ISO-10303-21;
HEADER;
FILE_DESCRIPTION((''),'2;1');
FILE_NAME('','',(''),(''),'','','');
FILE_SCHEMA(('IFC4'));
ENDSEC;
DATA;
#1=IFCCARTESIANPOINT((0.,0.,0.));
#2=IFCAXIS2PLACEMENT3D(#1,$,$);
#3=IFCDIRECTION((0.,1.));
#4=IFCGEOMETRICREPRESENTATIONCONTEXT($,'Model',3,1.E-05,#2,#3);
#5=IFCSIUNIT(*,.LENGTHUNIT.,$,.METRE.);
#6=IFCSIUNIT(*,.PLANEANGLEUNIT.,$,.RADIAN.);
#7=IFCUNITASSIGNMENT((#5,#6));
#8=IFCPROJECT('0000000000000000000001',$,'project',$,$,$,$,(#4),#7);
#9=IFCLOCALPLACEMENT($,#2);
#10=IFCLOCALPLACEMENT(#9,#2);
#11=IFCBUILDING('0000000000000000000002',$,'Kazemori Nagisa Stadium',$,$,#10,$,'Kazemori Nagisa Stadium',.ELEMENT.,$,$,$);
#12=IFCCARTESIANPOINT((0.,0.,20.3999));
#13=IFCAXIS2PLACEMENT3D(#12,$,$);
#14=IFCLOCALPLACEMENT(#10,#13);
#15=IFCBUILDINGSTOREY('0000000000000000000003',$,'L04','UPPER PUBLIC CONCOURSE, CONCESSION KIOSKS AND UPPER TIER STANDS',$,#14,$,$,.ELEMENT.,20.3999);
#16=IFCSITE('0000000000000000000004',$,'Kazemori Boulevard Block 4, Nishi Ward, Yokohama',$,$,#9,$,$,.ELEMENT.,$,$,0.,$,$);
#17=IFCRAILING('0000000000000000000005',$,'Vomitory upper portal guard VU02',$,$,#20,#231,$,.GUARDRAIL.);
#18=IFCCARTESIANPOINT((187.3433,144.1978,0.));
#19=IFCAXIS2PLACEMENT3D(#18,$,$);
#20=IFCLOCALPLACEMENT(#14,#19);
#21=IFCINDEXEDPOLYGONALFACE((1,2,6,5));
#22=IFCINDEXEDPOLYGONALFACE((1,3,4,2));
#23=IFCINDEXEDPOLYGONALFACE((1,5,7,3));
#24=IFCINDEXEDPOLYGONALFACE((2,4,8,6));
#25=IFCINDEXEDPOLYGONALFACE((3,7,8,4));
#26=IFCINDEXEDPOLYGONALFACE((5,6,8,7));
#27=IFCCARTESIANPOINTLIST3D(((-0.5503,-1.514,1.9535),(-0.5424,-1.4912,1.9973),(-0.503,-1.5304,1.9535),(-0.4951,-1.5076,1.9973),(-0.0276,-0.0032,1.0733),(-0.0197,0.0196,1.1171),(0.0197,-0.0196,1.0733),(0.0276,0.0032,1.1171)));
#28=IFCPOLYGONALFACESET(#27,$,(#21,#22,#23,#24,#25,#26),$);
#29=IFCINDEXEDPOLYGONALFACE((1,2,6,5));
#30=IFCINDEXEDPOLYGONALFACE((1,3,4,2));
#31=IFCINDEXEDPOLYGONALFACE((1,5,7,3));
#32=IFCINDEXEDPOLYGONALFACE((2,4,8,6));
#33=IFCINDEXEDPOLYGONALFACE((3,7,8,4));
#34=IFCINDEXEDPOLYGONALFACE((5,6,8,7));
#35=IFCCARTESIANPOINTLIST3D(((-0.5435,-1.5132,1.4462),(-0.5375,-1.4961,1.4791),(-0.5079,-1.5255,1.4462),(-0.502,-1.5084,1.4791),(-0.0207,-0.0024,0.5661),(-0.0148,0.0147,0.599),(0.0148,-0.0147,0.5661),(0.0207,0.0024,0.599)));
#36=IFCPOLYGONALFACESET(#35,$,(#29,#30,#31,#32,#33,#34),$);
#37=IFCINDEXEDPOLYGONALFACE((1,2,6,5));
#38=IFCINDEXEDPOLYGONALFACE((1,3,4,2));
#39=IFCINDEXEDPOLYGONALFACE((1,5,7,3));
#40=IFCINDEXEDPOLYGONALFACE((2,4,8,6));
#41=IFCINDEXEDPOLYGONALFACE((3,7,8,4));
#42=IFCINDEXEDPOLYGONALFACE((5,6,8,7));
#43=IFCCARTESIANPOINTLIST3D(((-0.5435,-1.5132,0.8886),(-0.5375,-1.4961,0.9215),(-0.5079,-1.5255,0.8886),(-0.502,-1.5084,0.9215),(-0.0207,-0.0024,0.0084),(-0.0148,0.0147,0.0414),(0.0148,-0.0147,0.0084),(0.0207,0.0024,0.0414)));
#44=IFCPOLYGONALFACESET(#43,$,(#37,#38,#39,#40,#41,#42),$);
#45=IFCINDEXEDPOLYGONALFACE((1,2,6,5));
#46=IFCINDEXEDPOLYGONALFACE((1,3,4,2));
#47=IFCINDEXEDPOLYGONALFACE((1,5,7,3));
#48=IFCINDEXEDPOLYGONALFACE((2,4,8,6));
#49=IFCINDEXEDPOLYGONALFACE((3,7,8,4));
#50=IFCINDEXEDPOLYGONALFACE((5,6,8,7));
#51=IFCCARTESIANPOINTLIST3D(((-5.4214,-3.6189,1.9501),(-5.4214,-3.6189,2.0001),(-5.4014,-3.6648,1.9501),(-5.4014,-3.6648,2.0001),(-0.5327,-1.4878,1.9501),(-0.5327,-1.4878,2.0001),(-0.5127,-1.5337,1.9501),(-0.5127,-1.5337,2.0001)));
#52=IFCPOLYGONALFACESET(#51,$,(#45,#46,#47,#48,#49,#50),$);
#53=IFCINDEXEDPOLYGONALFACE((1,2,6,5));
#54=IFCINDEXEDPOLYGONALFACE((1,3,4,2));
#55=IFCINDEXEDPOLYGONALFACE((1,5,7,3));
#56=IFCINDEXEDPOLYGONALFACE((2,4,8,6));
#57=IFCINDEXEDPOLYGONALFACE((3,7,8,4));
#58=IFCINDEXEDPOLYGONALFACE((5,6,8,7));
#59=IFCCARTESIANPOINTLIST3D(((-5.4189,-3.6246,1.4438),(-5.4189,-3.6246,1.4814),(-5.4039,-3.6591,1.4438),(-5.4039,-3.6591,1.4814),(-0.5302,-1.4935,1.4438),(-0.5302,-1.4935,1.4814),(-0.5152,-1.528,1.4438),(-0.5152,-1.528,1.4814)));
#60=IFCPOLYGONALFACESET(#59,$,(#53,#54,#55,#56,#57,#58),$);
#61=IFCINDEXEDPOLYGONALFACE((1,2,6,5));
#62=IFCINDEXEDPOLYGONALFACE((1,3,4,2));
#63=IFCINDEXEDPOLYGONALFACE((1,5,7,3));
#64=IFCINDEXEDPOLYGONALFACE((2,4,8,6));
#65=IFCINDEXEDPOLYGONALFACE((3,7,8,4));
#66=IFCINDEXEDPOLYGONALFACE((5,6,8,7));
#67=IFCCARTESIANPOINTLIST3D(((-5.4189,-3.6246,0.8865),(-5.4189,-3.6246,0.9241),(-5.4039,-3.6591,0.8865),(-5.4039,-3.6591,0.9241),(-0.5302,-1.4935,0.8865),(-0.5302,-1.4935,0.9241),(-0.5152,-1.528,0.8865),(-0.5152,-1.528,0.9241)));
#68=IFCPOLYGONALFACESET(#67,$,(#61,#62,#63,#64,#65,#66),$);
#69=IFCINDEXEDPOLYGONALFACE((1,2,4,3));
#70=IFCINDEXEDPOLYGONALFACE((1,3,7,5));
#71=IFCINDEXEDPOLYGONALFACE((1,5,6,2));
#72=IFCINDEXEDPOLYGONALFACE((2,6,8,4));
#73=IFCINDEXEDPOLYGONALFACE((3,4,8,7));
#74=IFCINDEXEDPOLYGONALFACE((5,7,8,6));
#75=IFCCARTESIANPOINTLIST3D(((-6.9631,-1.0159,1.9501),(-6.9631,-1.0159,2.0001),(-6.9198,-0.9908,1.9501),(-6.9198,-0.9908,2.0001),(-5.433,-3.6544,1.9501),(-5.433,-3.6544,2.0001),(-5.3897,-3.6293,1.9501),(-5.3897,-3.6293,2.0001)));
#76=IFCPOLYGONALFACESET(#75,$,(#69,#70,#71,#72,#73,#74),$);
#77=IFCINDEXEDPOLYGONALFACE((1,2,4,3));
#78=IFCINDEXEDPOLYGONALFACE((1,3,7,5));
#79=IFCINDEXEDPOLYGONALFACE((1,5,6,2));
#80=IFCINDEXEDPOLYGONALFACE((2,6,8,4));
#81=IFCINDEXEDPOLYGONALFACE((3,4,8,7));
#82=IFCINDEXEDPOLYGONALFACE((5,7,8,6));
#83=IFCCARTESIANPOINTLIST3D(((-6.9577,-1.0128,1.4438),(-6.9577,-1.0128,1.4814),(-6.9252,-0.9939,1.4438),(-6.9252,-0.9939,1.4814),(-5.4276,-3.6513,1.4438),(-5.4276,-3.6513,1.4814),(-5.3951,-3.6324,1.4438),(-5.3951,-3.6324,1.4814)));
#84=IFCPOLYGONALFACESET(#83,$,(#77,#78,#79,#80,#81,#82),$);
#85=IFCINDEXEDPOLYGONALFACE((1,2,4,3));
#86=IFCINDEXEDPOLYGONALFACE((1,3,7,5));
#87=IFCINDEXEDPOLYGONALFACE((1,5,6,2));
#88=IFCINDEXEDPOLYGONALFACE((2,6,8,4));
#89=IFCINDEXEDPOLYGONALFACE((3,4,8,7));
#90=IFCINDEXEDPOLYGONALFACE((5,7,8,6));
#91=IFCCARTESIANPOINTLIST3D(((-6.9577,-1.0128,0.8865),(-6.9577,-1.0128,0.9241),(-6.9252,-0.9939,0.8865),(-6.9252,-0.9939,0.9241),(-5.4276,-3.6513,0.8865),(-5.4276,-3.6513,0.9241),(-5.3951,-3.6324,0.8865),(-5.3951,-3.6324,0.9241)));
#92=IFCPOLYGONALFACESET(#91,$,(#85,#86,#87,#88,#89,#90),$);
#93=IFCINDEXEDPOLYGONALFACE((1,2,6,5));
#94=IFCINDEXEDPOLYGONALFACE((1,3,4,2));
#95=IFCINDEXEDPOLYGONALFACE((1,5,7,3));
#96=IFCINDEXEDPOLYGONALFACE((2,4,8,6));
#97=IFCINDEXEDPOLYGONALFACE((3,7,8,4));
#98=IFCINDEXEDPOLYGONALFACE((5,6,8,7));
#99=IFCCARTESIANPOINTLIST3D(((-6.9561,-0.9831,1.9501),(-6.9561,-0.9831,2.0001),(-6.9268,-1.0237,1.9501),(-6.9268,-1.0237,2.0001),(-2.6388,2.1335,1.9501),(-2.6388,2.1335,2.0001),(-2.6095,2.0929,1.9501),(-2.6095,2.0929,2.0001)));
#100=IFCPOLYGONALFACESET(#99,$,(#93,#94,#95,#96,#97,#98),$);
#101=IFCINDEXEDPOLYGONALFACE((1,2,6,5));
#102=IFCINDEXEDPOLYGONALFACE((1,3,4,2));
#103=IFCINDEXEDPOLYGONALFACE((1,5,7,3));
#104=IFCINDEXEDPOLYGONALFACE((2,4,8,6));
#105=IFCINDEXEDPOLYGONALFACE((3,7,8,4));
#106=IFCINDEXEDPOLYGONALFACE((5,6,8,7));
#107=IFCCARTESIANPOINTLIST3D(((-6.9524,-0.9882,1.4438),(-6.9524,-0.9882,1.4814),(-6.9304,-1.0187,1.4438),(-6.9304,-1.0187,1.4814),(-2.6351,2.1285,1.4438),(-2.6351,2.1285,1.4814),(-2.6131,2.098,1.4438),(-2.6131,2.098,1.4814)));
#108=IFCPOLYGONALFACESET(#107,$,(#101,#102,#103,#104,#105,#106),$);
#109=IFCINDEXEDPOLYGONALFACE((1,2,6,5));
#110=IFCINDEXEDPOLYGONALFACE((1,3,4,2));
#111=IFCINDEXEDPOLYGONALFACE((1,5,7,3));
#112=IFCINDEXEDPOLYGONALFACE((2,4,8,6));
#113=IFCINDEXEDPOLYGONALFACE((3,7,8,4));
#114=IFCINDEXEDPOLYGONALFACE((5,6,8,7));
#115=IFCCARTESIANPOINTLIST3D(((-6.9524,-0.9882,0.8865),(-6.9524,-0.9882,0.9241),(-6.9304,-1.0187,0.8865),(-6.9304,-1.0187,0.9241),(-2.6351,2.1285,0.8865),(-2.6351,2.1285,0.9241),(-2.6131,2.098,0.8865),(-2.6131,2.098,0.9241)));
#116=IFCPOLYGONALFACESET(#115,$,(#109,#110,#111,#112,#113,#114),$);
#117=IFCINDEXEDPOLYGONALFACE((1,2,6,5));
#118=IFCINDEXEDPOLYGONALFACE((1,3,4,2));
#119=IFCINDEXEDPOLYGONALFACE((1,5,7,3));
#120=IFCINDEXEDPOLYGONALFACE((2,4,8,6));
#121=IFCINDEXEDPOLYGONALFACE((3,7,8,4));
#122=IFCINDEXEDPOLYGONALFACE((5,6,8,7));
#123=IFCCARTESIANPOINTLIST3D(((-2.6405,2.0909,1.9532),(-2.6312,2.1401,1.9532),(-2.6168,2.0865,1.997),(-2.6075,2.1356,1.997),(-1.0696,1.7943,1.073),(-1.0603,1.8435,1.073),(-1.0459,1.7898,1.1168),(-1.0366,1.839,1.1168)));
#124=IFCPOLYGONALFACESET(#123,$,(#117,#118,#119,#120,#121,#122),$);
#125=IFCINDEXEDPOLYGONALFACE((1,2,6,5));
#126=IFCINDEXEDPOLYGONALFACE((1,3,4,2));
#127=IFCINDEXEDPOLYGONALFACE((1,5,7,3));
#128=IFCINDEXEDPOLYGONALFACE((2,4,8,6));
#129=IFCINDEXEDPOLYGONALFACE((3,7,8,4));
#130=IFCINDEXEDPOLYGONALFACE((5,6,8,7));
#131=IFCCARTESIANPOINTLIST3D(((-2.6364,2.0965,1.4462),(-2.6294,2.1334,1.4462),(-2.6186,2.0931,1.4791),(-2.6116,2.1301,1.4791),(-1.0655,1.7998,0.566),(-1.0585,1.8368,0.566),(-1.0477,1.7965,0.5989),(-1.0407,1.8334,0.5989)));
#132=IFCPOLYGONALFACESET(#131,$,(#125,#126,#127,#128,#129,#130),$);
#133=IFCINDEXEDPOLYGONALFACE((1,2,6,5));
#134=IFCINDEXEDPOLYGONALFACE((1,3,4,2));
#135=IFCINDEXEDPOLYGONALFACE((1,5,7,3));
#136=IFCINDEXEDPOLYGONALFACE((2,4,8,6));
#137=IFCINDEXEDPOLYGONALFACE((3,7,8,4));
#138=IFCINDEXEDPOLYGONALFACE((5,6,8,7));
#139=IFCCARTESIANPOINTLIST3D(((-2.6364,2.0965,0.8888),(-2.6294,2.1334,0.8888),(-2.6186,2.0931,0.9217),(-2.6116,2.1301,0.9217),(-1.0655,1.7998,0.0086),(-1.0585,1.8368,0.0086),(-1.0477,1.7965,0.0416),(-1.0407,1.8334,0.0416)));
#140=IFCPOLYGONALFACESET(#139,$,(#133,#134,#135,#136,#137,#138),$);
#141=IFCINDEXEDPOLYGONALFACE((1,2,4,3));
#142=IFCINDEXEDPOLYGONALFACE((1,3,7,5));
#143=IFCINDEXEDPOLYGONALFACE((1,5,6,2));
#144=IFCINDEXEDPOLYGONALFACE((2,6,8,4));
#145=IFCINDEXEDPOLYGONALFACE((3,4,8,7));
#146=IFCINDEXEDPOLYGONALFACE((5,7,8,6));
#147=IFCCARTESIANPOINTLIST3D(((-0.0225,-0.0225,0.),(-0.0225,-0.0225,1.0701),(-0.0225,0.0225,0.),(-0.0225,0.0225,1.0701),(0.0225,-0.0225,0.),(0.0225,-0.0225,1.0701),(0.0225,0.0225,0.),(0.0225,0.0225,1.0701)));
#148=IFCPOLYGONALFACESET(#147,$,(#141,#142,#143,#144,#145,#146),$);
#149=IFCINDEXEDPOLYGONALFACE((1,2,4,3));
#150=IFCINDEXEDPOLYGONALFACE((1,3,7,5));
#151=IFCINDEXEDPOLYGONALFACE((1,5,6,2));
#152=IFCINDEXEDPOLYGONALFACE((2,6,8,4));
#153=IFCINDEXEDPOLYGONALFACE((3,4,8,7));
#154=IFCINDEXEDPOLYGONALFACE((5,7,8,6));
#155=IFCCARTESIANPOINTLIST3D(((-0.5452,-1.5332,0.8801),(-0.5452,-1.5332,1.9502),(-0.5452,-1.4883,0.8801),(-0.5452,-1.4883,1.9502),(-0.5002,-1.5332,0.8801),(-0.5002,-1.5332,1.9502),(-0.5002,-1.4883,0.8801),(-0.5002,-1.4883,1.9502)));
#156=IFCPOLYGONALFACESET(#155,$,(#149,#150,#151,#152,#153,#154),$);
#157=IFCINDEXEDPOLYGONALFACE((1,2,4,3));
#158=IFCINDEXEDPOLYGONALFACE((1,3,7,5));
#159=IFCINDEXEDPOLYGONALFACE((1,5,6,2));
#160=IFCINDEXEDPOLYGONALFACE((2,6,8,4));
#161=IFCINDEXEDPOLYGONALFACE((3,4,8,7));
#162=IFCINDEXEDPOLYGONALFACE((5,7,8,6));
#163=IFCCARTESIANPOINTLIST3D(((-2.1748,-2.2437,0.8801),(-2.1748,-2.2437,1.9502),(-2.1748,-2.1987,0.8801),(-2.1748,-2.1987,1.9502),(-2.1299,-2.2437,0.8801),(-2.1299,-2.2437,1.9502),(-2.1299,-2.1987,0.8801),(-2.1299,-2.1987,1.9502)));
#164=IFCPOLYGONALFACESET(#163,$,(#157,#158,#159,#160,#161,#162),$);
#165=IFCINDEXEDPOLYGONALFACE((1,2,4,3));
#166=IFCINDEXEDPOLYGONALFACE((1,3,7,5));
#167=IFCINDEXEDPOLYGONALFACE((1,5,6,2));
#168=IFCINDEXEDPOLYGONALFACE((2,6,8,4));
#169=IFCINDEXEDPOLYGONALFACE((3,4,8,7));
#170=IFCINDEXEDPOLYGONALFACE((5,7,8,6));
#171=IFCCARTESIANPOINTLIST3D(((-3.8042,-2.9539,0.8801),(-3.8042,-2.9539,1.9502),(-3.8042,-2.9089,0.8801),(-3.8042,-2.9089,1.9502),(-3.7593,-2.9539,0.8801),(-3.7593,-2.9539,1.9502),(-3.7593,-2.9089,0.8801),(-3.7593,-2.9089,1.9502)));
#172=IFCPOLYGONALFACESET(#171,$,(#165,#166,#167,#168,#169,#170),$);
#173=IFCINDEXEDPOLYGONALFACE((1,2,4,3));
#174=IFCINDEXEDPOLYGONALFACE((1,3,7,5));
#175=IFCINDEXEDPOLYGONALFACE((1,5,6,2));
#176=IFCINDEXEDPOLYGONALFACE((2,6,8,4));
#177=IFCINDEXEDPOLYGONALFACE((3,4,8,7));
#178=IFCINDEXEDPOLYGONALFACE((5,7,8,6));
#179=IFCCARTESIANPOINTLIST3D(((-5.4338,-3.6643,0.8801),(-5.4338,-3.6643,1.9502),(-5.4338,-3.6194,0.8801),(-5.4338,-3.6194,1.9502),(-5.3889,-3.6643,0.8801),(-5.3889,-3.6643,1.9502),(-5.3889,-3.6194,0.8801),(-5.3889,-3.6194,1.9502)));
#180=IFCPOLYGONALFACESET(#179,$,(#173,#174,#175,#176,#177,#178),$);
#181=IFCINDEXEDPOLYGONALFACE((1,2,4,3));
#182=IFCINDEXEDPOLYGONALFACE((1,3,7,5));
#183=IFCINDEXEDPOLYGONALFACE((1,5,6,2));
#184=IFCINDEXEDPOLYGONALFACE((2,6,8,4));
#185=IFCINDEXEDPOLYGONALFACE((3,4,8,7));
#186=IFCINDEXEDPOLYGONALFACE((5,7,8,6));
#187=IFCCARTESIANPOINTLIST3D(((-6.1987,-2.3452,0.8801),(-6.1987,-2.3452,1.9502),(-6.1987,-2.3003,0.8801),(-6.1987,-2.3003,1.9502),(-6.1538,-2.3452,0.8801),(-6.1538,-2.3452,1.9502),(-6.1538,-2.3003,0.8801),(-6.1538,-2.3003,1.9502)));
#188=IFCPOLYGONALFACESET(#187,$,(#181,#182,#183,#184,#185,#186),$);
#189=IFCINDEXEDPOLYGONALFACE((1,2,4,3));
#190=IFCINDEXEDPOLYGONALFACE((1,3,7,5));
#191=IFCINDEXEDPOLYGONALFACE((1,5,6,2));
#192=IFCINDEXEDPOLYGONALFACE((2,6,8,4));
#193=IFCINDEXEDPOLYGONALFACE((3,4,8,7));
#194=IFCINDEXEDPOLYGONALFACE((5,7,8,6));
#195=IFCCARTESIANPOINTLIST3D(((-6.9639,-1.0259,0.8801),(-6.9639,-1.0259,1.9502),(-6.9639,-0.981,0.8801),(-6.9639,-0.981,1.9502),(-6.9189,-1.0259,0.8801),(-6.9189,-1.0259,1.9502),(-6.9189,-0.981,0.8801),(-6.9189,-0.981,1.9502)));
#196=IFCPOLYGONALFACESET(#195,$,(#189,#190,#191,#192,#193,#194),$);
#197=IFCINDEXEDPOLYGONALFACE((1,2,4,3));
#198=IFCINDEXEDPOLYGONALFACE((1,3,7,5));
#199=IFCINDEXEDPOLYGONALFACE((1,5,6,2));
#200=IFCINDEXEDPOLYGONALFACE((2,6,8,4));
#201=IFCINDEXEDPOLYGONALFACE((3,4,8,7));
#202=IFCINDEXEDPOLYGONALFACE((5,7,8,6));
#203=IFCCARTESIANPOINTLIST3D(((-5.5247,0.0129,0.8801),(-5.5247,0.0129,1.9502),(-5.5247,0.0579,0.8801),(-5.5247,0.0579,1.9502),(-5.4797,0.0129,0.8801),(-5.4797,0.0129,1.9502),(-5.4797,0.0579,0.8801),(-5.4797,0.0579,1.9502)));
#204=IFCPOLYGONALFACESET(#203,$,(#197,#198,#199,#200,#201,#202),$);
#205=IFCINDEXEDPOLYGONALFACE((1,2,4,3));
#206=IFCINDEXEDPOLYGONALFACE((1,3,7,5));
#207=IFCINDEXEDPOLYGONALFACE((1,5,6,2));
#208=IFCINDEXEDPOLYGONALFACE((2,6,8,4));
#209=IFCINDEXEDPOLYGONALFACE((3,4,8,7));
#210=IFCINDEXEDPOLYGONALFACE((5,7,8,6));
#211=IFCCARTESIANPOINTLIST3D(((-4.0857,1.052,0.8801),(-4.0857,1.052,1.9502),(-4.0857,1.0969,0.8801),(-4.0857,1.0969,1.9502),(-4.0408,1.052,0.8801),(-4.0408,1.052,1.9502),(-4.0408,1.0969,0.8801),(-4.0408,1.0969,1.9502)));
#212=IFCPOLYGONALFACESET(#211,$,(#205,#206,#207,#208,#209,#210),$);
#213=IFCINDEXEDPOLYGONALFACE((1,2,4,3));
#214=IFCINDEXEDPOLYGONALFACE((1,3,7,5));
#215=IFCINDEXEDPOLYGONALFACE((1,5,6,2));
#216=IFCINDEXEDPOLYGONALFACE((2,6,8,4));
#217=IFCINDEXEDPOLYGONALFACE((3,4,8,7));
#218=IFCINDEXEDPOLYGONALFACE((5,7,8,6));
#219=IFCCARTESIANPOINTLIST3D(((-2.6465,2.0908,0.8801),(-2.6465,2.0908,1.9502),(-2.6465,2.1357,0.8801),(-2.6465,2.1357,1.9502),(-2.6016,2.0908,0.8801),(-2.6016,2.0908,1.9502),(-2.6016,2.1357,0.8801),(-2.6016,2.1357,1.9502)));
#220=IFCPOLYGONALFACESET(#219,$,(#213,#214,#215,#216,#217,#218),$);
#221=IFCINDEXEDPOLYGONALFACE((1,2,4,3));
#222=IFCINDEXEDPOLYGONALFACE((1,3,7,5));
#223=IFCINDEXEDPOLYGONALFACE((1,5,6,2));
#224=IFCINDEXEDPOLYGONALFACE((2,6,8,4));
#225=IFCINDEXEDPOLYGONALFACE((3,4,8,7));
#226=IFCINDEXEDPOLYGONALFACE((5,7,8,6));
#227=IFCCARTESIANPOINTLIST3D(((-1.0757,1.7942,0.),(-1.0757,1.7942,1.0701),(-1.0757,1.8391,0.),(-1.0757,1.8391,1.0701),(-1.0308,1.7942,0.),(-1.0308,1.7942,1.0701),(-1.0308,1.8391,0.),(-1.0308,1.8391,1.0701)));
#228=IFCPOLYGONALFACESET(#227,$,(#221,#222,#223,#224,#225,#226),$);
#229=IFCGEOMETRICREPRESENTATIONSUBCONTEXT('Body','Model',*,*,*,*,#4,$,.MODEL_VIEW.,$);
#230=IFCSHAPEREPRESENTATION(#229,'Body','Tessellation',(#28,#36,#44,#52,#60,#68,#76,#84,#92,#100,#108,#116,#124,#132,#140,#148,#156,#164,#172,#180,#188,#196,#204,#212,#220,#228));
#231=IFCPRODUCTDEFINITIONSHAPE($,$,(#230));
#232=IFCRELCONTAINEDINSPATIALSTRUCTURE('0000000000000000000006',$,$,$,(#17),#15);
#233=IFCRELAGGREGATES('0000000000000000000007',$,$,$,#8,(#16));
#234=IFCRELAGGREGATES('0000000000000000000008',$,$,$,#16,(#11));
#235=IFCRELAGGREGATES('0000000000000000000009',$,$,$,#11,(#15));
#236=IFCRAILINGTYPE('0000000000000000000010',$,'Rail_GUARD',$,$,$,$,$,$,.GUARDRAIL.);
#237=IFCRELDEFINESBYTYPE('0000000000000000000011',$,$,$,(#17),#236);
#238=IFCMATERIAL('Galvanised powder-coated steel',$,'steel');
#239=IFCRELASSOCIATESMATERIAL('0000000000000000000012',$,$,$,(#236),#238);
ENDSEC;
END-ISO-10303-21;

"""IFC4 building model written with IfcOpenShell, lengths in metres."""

from ifc_helpers import new_model, si_unit, direction, frame, origin, origin_2d, place, context, subcontext, project, spatial, rectangle, extrude, material, type_object, element, save


model = new_model("IFC4")

# Units and contexts
model_context = context("Model", 3, precision=1e-05, world=origin(), true_north=direction((0.0, 1.0)))
body_context = subcontext(model_context, "Body", "Model", "MODEL_VIEW")
ifc_project = project(units=[si_unit("LENGTHUNIT", "METRE"), si_unit("PLANEANGLEUNIT", "RADIAN")], contexts=[model_context])

# Site, building, storey
site_placement = place(None, origin())
site = spatial("IfcSite", under=ifc_project, at=site_placement, Name="Kazemori Boulevard Block 4, Nishi Ward, Yokohama", CompositionType="ELEMENT", RefElevation=0.0)
building_placement = place(site_placement, origin())
building = spatial("IfcBuilding", under=site, at=building_placement, Name="Kazemori Nagisa Stadium", LongName="Kazemori Nagisa Stadium", CompositionType="ELEMENT")
storey_placement = place(building_placement, frame((0.0, 0.0, 20.3999)))
storey = spatial("IfcBuildingStorey", under=building, at=storey_placement, Name="L04", Description="UPPER PUBLIC CONCOURSE, CONCESSION KIOSKS AND UPPER TIER STANDS", CompositionType="ELEMENT", Elevation=20.3999)

# Railing
ifc_material_1 = material(Name="Galvanised powder-coated steel", Category="steel")
railing_type_1 = type_object("IfcRailingType", Name="Rail_GUARD", PredefinedType="GUARDRAIL", material=ifc_material_1)
railing_1_placement = place(storey_placement, frame((187.3433, 144.1978, 0.0)))
element("IfcRailing", 1, at=railing_1_placement, inside=storey, type_object=railing_type_1, Name="Vomitory upper portal guard VU02", PredefinedType="GUARDRAIL", context=body_context, shape_type="SweptSolid", body=[
    extrude(rectangle(XDim=0.05, YDim=0.05, at=origin_2d()), frame((0.0, 0.0, 1.0952), z_axis=(-0.286433, -0.827858, 0.482293), x_axis=(0.945033, -0.326974, 0.0)), (0.0, 0.0, 1.0), 1.825),
    extrude(rectangle(XDim=0.0376, YDim=0.0376, at=origin_2d()), frame((0.0, 0.0, 0.5825), z_axis=(-0.286433, -0.827858, 0.482293), x_axis=(0.945033, -0.326974, 0.0)), (0.0, 0.0, 1.0), 1.825),
    extrude(rectangle(XDim=0.0376, YDim=0.0376, at=origin_2d()), frame((0.0, 0.0, 0.0249), z_axis=(-0.286433, -0.827858, 0.482293), x_axis=(0.945033, -0.326974, 0.0)), (0.0, 0.0, 1.0), 1.825),
    extrude(rectangle(XDim=0.05, YDim=0.05, at=origin_2d()), frame((-0.5227, -1.5107, 1.9751), z_axis=(-0.916686, -0.399608, 0.0), x_axis=(0.399608, -0.916686, 0.0)), (0.0, 0.0, 1.0), 5.333),
    extrude(rectangle(XDim=0.0376, YDim=0.0376, at=origin_2d()), frame((-0.5227, -1.5107, 1.4626), z_axis=(-0.916686, -0.399608, 0.0), x_axis=(0.399608, -0.916686, 0.0)), (0.0, 0.0, 1.0), 5.333),
    extrude(rectangle(XDim=0.0376, YDim=0.0376, at=origin_2d()), frame((-0.5227, -1.5107, 0.9053), z_axis=(-0.916686, -0.399608, 0.0), x_axis=(0.399608, -0.916686, 0.0)), (0.0, 0.0, 1.0), 5.333),
    extrude(rectangle(XDim=0.05, YDim=0.05, at=origin_2d()), frame((-5.4114, -3.6418, 1.9751), z_axis=(-0.501655, 0.865068, 0.0), x_axis=(-0.865068, -0.501655, 0.0)), (0.0, 0.0, 1.0), 3.05),
    extrude(rectangle(XDim=0.0376, YDim=0.0376, at=origin_2d()), frame((-5.4114, -3.6418, 1.4626), z_axis=(-0.501655, 0.865068, 0.0), x_axis=(-0.865068, -0.501655, 0.0)), (0.0, 0.0, 1.0), 3.05),
    extrude(rectangle(XDim=0.0376, YDim=0.0376, at=origin_2d()), frame((-5.4114, -3.6418, 0.9053), z_axis=(-0.501655, 0.865068, 0.0), x_axis=(-0.865068, -0.501655, 0.0)), (0.0, 0.0, 1.0), 3.05),
    extrude(rectangle(XDim=0.05, YDim=0.05, at=origin_2d()), frame((-6.9414, -1.0034, 1.9751), z_axis=(0.810805, 0.585316, 0.0), x_axis=(-0.585316, 0.810805, 0.0)), (0.0, 0.0, 1.0), 5.3247),
    extrude(rectangle(XDim=0.0376, YDim=0.0376, at=origin_2d()), frame((-6.9414, -1.0034, 1.4626), z_axis=(0.810805, 0.585316, 0.0), x_axis=(-0.585316, 0.810805, 0.0)), (0.0, 0.0, 1.0), 5.3247),
    extrude(rectangle(XDim=0.0376, YDim=0.0376, at=origin_2d()), frame((-6.9414, -1.0034, 0.9053), z_axis=(0.810805, 0.585316, 0.0), x_axis=(-0.585316, 0.810805, 0.0)), (0.0, 0.0, 1.0), 5.3247),
    extrude(rectangle(XDim=0.05, YDim=0.05, at=origin_2d()), frame((-2.624, 2.1133, 1.9751), z_axis=(0.86079, -0.162552, -0.482305), x_axis=(0.185561, 0.982633, 0.0)), (0.0, 0.0, 1.0), 1.825),
    extrude(rectangle(XDim=0.0376, YDim=0.0376, at=origin_2d()), frame((-2.624, 2.1133, 1.4626), z_axis=(0.86079, -0.162552, -0.482305), x_axis=(0.185561, 0.982633, 0.0)), (0.0, 0.0, 1.0), 1.825),
    extrude(rectangle(XDim=0.0376, YDim=0.0376, at=origin_2d()), frame((-2.624, 2.1133, 0.9053), z_axis=(0.86079, -0.162552, -0.482305), x_axis=(0.185561, 0.982633, 0.0)), (0.0, 0.0, 1.0), 1.825),
    extrude(rectangle(XDim=0.0449, YDim=0.0449, at=origin_2d()), origin(), (0.0, 0.0, 1.0), 1.0701),
    extrude(rectangle(XDim=0.0449, YDim=0.0449, at=origin_2d()), frame((-0.5227, -1.5107, 0.8801)), (0.0, 0.0, 1.0), 1.0701),
    extrude(rectangle(XDim=0.0449, YDim=0.0449, at=origin_2d()), frame((-2.1523, -2.2212, 0.8801)), (0.0, 0.0, 1.0), 1.0701),
    extrude(rectangle(XDim=0.0449, YDim=0.0449, at=origin_2d()), frame((-3.7817, -2.9314, 0.8801)), (0.0, 0.0, 1.0), 1.0701),
    extrude(rectangle(XDim=0.0449, YDim=0.0449, at=origin_2d()), frame((-5.4114, -3.6418, 0.8801)), (0.0, 0.0, 1.0), 1.0701),
    extrude(rectangle(XDim=0.0449, YDim=0.0449, at=origin_2d()), frame((-6.1763, -2.3228, 0.8801)), (0.0, 0.0, 1.0), 1.0701),
    extrude(rectangle(XDim=0.0449, YDim=0.0449, at=origin_2d()), frame((-6.9414, -1.0034, 0.8801)), (0.0, 0.0, 1.0), 1.0701),
    extrude(rectangle(XDim=0.0449, YDim=0.0449, at=origin_2d()), frame((-5.5022, 0.0354, 0.8801)), (0.0, 0.0, 1.0), 1.0701),
    extrude(rectangle(XDim=0.0449, YDim=0.0449, at=origin_2d()), frame((-4.0632, 1.0745, 0.8801)), (0.0, 0.0, 1.0), 1.0701),
    extrude(rectangle(XDim=0.0449, YDim=0.0449, at=origin_2d()), frame((-2.624, 2.1133, 0.8801)), (0.0, 0.0, 1.0), 1.0701),
    extrude(rectangle(XDim=0.0449, YDim=0.0449, at=origin_2d()), frame((-1.0532, 1.8167, 0.0)), (0.0, 0.0, 1.0), 1.0701),
])

save(model, "model.ifc")
